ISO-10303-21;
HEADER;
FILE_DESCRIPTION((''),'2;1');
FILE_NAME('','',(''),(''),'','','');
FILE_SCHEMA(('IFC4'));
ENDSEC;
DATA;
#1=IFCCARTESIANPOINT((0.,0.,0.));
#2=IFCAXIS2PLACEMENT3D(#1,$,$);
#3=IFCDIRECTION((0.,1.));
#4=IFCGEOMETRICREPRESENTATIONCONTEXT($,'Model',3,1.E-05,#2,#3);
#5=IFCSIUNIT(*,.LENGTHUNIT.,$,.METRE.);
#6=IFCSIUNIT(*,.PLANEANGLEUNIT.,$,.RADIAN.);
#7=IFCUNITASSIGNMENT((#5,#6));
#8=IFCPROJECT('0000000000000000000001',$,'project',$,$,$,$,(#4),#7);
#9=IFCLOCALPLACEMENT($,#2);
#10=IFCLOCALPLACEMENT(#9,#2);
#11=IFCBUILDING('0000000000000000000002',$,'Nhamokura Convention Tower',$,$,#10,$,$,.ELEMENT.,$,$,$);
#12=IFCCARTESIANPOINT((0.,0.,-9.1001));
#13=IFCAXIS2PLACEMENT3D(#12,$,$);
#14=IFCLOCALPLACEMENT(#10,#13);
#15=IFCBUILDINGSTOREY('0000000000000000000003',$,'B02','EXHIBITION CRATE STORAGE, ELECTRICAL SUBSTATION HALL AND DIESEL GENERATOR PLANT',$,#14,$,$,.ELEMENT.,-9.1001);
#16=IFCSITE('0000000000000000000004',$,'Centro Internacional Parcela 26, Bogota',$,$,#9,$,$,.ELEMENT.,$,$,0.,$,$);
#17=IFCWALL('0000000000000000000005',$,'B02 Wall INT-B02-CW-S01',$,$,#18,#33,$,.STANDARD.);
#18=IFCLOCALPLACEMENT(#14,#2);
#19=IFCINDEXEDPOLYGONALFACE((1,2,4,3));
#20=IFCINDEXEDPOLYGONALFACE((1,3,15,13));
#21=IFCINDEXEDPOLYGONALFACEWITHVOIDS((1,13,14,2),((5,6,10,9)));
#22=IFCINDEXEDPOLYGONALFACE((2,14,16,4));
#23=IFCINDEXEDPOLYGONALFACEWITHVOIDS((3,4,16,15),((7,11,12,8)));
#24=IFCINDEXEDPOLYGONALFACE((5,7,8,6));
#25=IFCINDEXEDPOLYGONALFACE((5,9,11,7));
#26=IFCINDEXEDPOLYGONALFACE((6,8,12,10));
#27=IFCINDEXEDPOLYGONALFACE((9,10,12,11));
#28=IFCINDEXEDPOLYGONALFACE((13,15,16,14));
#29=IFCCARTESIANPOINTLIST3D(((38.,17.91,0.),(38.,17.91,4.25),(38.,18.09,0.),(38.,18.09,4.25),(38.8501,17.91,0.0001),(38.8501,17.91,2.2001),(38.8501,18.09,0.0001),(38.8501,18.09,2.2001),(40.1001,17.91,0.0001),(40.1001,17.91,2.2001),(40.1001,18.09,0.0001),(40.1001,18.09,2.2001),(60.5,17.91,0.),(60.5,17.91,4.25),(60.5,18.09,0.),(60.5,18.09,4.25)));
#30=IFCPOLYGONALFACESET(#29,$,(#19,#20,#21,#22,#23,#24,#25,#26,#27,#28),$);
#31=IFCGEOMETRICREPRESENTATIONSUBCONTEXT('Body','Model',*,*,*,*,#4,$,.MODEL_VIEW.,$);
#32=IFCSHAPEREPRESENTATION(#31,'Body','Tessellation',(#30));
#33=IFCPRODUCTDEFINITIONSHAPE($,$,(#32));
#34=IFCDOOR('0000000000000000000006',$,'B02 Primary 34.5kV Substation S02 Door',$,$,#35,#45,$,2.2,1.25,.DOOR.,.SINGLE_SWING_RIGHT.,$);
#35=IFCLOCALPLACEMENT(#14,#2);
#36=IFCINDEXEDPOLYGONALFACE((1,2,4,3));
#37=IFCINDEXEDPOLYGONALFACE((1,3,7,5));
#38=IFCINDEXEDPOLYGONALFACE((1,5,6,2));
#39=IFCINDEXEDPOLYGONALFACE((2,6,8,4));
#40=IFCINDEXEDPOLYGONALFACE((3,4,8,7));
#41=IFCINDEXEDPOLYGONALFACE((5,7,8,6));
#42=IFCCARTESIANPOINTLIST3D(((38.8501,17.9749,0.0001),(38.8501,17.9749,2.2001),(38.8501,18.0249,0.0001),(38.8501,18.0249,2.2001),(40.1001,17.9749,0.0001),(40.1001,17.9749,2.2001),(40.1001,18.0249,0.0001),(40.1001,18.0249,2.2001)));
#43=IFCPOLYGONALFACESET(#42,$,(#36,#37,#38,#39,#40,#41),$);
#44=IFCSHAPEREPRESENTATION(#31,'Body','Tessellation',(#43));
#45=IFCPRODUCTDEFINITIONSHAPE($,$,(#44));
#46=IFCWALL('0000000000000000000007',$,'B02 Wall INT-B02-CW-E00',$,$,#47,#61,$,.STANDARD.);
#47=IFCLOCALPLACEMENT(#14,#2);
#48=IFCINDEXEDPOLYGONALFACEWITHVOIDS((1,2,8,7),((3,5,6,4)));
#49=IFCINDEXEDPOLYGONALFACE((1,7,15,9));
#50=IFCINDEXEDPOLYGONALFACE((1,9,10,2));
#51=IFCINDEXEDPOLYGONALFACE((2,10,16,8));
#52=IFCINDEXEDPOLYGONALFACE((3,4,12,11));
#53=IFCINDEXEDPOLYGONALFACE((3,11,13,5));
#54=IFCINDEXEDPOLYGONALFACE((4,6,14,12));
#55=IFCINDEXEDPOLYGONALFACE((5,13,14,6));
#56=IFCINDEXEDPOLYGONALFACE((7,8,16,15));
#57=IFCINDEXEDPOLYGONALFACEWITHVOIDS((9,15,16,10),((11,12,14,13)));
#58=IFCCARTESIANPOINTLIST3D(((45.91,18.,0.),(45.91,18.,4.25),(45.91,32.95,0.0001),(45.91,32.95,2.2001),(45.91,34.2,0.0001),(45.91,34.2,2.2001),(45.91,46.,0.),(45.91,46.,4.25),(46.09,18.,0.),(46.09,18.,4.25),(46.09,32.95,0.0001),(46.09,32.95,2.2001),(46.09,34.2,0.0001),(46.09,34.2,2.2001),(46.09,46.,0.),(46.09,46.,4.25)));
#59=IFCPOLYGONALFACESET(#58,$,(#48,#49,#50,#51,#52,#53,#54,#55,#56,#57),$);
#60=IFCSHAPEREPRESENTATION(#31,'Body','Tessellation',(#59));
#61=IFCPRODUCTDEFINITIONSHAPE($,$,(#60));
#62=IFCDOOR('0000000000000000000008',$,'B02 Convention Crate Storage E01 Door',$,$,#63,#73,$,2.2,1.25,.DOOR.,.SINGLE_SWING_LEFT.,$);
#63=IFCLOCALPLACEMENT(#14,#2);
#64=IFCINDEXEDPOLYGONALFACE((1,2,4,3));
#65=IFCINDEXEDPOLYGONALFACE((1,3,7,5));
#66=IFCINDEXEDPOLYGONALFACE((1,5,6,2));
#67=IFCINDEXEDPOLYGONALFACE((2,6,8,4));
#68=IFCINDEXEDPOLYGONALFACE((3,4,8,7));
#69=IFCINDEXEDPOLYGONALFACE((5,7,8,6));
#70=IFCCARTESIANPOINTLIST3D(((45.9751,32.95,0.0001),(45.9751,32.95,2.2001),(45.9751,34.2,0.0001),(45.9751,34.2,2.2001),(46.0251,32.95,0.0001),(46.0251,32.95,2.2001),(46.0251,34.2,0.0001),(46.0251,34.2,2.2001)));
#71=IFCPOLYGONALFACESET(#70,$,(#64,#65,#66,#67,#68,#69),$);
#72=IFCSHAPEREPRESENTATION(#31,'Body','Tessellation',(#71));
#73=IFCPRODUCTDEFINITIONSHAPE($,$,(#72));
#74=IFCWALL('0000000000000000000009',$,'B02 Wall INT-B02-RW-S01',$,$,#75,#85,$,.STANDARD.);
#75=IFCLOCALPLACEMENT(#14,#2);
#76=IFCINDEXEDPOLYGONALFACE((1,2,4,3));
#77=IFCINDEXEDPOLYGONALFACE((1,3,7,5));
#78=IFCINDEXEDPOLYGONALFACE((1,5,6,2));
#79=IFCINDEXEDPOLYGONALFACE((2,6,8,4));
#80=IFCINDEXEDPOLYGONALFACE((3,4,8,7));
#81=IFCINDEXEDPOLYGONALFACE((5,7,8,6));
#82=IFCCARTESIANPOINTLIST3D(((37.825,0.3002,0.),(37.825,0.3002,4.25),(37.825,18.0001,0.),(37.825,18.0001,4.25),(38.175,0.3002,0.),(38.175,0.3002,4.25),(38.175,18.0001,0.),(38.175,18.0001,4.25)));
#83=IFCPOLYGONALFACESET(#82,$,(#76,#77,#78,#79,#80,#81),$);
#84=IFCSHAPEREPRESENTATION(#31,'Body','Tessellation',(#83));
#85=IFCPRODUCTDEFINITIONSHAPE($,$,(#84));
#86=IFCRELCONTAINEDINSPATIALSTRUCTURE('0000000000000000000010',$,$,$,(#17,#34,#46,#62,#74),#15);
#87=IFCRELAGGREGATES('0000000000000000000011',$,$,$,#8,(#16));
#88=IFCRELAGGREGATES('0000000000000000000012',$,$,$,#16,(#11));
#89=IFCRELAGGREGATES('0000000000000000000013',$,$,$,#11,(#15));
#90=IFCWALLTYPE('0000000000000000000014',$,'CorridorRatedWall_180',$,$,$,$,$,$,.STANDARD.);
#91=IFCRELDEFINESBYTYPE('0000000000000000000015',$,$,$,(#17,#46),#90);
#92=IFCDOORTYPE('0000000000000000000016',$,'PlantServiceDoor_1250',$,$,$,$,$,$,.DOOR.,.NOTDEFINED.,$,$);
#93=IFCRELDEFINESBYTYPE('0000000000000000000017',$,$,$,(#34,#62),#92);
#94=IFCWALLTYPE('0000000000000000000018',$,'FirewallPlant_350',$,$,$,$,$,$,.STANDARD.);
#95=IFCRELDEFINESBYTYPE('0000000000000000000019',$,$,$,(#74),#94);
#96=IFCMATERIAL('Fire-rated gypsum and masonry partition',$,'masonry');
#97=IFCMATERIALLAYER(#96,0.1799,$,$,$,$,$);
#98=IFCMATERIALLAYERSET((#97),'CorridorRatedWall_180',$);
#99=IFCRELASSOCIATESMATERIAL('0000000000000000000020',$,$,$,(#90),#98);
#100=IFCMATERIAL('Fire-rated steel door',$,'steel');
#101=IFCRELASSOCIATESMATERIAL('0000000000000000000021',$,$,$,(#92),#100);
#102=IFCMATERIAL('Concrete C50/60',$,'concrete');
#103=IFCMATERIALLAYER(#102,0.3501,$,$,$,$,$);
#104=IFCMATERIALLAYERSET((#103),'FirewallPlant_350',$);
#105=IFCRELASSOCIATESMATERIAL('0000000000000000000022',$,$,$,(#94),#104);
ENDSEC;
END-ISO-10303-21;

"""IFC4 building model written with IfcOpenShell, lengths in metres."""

from ifc_helpers import new_model, si_unit, direction, frame, frame_2d, origin, place, context, subcontext, project, spatial, rectangle, extrude, material, layer, layer_set, type_object, element, fill, save


model = new_model("IFC4")

# Units and contexts
model_context = context("Model", 3, precision=1e-05, world=origin(), true_north=direction((0.0, 1.0)))
body_context = subcontext(model_context, "Body", "Model", "MODEL_VIEW")
ifc_project = project(units=[si_unit("LENGTHUNIT", "METRE"), si_unit("PLANEANGLEUNIT", "RADIAN")], contexts=[model_context])

# Site, building, storey
site_placement = place(None, origin())
site = spatial("IfcSite", under=ifc_project, at=site_placement, Name="Centro Internacional Parcela 26, Bogota", CompositionType="ELEMENT", RefElevation=0.0)
building_placement = place(site_placement, origin())
building = spatial("IfcBuilding", under=site, at=building_placement, Name="Nhamokura Convention Tower", CompositionType="ELEMENT")
storey_placement = place(building_placement, frame((0.0, 0.0, -9.1001)))
storey = spatial("IfcBuildingStorey", under=building, at=storey_placement, Name="B02", Description="EXHIBITION CRATE STORAGE, ELECTRICAL SUBSTATION HALL AND DIESEL GENERATOR PLANT", CompositionType="ELEMENT", Elevation=-9.1001)

# Walls, openings, doors
ifc_material_1 = material(Name="Fire-rated gypsum and masonry partition", Category="masonry")
ifc_layer_1 = layer(ifc_material_1, 0.1799)
ifc_layer_set_1 = layer_set([ifc_layer_1], Name="CorridorRatedWall_180")
wall_type_1 = type_object("IfcWallType", Name="CorridorRatedWall_180", PredefinedType="STANDARD", material=ifc_layer_set_1)
wall_1_placement = place(storey_placement, frame((38.0, 18.0, 0.0), z_axis=(0.0, 0.0, 1.0), x_axis=(1.0, 0.0, 0.0)))
wall_1 = element("IfcWall", 1, at=wall_1_placement, inside=storey, type_object=wall_type_1, Name="B02 Wall INT-B02-CW-S01", PredefinedType="STANDARD", context=body_context, shape_type="SweptSolid", body=[
    extrude(rectangle(XDim=22.5, YDim=0.1799, at=frame_2d((11.25, 0.0))), origin(), (0.0, 0.0, 1.0), 4.25),
])
opening_1_placement = place(wall_1_placement, frame((0.8501, 0.0, 0.0)))
opening_1 = element("IfcOpeningElement", 2, at=opening_1_placement, cuts=wall_1, PredefinedType="OPENING", context=body_context, shape_type="SweptSolid", body=[
    extrude(rectangle(XDim=1.25, YDim=2.2, at=frame_2d((0.625, 1.1001))), frame((0.0, 0.0999, 0.0), z_axis=(0.0, -1.0, 0.0), x_axis=(1.0, 0.0, 0.0)), (0.0, 0.0, 1.0), 0.2),
])
ifc_material_2 = material(Name="Fire-rated steel door", Category="steel")
door_type = type_object("IfcDoorType", Name="PlantServiceDoor_1250", OperationType="NOTDEFINED", PredefinedType="DOOR", material=ifc_material_2)
door_1_placement = place(opening_1_placement, origin())
door_1 = element("IfcDoor", 3, at=door_1_placement, inside=storey, type_object=door_type, Name="B02 Primary 34.5kV Substation S02 Door", OperationType="SINGLE_SWING_RIGHT", OverallHeight=2.2, OverallWidth=1.25, PredefinedType="DOOR", context=body_context, shape_type="SweptSolid", body=[
    extrude(rectangle(XDim=1.25, YDim=2.2, at=frame_2d((0.625, 1.1001))), frame((0.0, 0.0249, 0.0), z_axis=(0.0, -1.0, 0.0), x_axis=(1.0, 0.0, 0.0)), (0.0, 0.0, 1.0), 0.05),
])
fill(opening_1, door_1)
wall_2_placement = place(storey_placement, frame((46.0, 18.0, 0.0), z_axis=(0.0, 0.0, 1.0), x_axis=(0.0, 1.0, 0.0)))
wall_2 = element("IfcWall", 4, at=wall_2_placement, inside=storey, type_object=wall_type_1, Name="B02 Wall INT-B02-CW-E00", PredefinedType="STANDARD", context=body_context, shape_type="SweptSolid", body=[
    extrude(rectangle(XDim=28.0, YDim=0.1799, at=frame_2d((14.0, 0.0))), origin(), (0.0, 0.0, 1.0), 4.25),
])
opening_2_placement = place(wall_2_placement, frame((14.95, 0.0, 0.0)))
opening_2 = element("IfcOpeningElement", 5, at=opening_2_placement, cuts=wall_2, PredefinedType="OPENING", context=body_context, shape_type="SweptSolid", body=[
    extrude(rectangle(XDim=1.25, YDim=2.2, at=frame_2d((0.625, 1.1001))), frame((0.0, 0.0999, 0.0), z_axis=(0.0, -1.0, 0.0), x_axis=(1.0, 0.0, 0.0)), (0.0, 0.0, 1.0), 0.2),
])
door_2_placement = place(opening_2_placement, origin())
door_2 = element("IfcDoor", 6, at=door_2_placement, inside=storey, type_object=door_type, Name="B02 Convention Crate Storage E01 Door", OperationType="SINGLE_SWING_LEFT", OverallHeight=2.2, OverallWidth=1.25, PredefinedType="DOOR", context=body_context, shape_type="SweptSolid", body=[
    extrude(rectangle(XDim=1.25, YDim=2.2, at=frame_2d((0.625, 1.1001))), frame((0.0, 0.0249, 0.0), z_axis=(0.0, -1.0, 0.0), x_axis=(1.0, 0.0, 0.0)), (0.0, 0.0, 1.0), 0.05),
])
fill(opening_2, door_2)

# Wall
ifc_material_3 = material(Name="Concrete C50/60", Category="concrete")
ifc_layer_2 = layer(ifc_material_3, 0.3501)
ifc_layer_set_2 = layer_set([ifc_layer_2], Name="FirewallPlant_350")
wall_type_2 = type_object("IfcWallType", Name="FirewallPlant_350", PredefinedType="STANDARD", material=ifc_layer_set_2)
wall_3_placement = place(storey_placement, frame((38.0, 0.3, 0.0), z_axis=(0.0, 0.0, 1.0), x_axis=(0.0, 1.0, 0.0)))
element("IfcWall", 7, at=wall_3_placement, inside=storey, type_object=wall_type_2, Name="B02 Wall INT-B02-RW-S01", PredefinedType="STANDARD", context=body_context, shape_type="SweptSolid", body=[
    extrude(rectangle(XDim=17.7, YDim=0.3501, at=frame_2d((8.8501, 0.0))), origin(), (0.0, 0.0, 1.0), 4.25),
])

save(model, "model.ifc")
